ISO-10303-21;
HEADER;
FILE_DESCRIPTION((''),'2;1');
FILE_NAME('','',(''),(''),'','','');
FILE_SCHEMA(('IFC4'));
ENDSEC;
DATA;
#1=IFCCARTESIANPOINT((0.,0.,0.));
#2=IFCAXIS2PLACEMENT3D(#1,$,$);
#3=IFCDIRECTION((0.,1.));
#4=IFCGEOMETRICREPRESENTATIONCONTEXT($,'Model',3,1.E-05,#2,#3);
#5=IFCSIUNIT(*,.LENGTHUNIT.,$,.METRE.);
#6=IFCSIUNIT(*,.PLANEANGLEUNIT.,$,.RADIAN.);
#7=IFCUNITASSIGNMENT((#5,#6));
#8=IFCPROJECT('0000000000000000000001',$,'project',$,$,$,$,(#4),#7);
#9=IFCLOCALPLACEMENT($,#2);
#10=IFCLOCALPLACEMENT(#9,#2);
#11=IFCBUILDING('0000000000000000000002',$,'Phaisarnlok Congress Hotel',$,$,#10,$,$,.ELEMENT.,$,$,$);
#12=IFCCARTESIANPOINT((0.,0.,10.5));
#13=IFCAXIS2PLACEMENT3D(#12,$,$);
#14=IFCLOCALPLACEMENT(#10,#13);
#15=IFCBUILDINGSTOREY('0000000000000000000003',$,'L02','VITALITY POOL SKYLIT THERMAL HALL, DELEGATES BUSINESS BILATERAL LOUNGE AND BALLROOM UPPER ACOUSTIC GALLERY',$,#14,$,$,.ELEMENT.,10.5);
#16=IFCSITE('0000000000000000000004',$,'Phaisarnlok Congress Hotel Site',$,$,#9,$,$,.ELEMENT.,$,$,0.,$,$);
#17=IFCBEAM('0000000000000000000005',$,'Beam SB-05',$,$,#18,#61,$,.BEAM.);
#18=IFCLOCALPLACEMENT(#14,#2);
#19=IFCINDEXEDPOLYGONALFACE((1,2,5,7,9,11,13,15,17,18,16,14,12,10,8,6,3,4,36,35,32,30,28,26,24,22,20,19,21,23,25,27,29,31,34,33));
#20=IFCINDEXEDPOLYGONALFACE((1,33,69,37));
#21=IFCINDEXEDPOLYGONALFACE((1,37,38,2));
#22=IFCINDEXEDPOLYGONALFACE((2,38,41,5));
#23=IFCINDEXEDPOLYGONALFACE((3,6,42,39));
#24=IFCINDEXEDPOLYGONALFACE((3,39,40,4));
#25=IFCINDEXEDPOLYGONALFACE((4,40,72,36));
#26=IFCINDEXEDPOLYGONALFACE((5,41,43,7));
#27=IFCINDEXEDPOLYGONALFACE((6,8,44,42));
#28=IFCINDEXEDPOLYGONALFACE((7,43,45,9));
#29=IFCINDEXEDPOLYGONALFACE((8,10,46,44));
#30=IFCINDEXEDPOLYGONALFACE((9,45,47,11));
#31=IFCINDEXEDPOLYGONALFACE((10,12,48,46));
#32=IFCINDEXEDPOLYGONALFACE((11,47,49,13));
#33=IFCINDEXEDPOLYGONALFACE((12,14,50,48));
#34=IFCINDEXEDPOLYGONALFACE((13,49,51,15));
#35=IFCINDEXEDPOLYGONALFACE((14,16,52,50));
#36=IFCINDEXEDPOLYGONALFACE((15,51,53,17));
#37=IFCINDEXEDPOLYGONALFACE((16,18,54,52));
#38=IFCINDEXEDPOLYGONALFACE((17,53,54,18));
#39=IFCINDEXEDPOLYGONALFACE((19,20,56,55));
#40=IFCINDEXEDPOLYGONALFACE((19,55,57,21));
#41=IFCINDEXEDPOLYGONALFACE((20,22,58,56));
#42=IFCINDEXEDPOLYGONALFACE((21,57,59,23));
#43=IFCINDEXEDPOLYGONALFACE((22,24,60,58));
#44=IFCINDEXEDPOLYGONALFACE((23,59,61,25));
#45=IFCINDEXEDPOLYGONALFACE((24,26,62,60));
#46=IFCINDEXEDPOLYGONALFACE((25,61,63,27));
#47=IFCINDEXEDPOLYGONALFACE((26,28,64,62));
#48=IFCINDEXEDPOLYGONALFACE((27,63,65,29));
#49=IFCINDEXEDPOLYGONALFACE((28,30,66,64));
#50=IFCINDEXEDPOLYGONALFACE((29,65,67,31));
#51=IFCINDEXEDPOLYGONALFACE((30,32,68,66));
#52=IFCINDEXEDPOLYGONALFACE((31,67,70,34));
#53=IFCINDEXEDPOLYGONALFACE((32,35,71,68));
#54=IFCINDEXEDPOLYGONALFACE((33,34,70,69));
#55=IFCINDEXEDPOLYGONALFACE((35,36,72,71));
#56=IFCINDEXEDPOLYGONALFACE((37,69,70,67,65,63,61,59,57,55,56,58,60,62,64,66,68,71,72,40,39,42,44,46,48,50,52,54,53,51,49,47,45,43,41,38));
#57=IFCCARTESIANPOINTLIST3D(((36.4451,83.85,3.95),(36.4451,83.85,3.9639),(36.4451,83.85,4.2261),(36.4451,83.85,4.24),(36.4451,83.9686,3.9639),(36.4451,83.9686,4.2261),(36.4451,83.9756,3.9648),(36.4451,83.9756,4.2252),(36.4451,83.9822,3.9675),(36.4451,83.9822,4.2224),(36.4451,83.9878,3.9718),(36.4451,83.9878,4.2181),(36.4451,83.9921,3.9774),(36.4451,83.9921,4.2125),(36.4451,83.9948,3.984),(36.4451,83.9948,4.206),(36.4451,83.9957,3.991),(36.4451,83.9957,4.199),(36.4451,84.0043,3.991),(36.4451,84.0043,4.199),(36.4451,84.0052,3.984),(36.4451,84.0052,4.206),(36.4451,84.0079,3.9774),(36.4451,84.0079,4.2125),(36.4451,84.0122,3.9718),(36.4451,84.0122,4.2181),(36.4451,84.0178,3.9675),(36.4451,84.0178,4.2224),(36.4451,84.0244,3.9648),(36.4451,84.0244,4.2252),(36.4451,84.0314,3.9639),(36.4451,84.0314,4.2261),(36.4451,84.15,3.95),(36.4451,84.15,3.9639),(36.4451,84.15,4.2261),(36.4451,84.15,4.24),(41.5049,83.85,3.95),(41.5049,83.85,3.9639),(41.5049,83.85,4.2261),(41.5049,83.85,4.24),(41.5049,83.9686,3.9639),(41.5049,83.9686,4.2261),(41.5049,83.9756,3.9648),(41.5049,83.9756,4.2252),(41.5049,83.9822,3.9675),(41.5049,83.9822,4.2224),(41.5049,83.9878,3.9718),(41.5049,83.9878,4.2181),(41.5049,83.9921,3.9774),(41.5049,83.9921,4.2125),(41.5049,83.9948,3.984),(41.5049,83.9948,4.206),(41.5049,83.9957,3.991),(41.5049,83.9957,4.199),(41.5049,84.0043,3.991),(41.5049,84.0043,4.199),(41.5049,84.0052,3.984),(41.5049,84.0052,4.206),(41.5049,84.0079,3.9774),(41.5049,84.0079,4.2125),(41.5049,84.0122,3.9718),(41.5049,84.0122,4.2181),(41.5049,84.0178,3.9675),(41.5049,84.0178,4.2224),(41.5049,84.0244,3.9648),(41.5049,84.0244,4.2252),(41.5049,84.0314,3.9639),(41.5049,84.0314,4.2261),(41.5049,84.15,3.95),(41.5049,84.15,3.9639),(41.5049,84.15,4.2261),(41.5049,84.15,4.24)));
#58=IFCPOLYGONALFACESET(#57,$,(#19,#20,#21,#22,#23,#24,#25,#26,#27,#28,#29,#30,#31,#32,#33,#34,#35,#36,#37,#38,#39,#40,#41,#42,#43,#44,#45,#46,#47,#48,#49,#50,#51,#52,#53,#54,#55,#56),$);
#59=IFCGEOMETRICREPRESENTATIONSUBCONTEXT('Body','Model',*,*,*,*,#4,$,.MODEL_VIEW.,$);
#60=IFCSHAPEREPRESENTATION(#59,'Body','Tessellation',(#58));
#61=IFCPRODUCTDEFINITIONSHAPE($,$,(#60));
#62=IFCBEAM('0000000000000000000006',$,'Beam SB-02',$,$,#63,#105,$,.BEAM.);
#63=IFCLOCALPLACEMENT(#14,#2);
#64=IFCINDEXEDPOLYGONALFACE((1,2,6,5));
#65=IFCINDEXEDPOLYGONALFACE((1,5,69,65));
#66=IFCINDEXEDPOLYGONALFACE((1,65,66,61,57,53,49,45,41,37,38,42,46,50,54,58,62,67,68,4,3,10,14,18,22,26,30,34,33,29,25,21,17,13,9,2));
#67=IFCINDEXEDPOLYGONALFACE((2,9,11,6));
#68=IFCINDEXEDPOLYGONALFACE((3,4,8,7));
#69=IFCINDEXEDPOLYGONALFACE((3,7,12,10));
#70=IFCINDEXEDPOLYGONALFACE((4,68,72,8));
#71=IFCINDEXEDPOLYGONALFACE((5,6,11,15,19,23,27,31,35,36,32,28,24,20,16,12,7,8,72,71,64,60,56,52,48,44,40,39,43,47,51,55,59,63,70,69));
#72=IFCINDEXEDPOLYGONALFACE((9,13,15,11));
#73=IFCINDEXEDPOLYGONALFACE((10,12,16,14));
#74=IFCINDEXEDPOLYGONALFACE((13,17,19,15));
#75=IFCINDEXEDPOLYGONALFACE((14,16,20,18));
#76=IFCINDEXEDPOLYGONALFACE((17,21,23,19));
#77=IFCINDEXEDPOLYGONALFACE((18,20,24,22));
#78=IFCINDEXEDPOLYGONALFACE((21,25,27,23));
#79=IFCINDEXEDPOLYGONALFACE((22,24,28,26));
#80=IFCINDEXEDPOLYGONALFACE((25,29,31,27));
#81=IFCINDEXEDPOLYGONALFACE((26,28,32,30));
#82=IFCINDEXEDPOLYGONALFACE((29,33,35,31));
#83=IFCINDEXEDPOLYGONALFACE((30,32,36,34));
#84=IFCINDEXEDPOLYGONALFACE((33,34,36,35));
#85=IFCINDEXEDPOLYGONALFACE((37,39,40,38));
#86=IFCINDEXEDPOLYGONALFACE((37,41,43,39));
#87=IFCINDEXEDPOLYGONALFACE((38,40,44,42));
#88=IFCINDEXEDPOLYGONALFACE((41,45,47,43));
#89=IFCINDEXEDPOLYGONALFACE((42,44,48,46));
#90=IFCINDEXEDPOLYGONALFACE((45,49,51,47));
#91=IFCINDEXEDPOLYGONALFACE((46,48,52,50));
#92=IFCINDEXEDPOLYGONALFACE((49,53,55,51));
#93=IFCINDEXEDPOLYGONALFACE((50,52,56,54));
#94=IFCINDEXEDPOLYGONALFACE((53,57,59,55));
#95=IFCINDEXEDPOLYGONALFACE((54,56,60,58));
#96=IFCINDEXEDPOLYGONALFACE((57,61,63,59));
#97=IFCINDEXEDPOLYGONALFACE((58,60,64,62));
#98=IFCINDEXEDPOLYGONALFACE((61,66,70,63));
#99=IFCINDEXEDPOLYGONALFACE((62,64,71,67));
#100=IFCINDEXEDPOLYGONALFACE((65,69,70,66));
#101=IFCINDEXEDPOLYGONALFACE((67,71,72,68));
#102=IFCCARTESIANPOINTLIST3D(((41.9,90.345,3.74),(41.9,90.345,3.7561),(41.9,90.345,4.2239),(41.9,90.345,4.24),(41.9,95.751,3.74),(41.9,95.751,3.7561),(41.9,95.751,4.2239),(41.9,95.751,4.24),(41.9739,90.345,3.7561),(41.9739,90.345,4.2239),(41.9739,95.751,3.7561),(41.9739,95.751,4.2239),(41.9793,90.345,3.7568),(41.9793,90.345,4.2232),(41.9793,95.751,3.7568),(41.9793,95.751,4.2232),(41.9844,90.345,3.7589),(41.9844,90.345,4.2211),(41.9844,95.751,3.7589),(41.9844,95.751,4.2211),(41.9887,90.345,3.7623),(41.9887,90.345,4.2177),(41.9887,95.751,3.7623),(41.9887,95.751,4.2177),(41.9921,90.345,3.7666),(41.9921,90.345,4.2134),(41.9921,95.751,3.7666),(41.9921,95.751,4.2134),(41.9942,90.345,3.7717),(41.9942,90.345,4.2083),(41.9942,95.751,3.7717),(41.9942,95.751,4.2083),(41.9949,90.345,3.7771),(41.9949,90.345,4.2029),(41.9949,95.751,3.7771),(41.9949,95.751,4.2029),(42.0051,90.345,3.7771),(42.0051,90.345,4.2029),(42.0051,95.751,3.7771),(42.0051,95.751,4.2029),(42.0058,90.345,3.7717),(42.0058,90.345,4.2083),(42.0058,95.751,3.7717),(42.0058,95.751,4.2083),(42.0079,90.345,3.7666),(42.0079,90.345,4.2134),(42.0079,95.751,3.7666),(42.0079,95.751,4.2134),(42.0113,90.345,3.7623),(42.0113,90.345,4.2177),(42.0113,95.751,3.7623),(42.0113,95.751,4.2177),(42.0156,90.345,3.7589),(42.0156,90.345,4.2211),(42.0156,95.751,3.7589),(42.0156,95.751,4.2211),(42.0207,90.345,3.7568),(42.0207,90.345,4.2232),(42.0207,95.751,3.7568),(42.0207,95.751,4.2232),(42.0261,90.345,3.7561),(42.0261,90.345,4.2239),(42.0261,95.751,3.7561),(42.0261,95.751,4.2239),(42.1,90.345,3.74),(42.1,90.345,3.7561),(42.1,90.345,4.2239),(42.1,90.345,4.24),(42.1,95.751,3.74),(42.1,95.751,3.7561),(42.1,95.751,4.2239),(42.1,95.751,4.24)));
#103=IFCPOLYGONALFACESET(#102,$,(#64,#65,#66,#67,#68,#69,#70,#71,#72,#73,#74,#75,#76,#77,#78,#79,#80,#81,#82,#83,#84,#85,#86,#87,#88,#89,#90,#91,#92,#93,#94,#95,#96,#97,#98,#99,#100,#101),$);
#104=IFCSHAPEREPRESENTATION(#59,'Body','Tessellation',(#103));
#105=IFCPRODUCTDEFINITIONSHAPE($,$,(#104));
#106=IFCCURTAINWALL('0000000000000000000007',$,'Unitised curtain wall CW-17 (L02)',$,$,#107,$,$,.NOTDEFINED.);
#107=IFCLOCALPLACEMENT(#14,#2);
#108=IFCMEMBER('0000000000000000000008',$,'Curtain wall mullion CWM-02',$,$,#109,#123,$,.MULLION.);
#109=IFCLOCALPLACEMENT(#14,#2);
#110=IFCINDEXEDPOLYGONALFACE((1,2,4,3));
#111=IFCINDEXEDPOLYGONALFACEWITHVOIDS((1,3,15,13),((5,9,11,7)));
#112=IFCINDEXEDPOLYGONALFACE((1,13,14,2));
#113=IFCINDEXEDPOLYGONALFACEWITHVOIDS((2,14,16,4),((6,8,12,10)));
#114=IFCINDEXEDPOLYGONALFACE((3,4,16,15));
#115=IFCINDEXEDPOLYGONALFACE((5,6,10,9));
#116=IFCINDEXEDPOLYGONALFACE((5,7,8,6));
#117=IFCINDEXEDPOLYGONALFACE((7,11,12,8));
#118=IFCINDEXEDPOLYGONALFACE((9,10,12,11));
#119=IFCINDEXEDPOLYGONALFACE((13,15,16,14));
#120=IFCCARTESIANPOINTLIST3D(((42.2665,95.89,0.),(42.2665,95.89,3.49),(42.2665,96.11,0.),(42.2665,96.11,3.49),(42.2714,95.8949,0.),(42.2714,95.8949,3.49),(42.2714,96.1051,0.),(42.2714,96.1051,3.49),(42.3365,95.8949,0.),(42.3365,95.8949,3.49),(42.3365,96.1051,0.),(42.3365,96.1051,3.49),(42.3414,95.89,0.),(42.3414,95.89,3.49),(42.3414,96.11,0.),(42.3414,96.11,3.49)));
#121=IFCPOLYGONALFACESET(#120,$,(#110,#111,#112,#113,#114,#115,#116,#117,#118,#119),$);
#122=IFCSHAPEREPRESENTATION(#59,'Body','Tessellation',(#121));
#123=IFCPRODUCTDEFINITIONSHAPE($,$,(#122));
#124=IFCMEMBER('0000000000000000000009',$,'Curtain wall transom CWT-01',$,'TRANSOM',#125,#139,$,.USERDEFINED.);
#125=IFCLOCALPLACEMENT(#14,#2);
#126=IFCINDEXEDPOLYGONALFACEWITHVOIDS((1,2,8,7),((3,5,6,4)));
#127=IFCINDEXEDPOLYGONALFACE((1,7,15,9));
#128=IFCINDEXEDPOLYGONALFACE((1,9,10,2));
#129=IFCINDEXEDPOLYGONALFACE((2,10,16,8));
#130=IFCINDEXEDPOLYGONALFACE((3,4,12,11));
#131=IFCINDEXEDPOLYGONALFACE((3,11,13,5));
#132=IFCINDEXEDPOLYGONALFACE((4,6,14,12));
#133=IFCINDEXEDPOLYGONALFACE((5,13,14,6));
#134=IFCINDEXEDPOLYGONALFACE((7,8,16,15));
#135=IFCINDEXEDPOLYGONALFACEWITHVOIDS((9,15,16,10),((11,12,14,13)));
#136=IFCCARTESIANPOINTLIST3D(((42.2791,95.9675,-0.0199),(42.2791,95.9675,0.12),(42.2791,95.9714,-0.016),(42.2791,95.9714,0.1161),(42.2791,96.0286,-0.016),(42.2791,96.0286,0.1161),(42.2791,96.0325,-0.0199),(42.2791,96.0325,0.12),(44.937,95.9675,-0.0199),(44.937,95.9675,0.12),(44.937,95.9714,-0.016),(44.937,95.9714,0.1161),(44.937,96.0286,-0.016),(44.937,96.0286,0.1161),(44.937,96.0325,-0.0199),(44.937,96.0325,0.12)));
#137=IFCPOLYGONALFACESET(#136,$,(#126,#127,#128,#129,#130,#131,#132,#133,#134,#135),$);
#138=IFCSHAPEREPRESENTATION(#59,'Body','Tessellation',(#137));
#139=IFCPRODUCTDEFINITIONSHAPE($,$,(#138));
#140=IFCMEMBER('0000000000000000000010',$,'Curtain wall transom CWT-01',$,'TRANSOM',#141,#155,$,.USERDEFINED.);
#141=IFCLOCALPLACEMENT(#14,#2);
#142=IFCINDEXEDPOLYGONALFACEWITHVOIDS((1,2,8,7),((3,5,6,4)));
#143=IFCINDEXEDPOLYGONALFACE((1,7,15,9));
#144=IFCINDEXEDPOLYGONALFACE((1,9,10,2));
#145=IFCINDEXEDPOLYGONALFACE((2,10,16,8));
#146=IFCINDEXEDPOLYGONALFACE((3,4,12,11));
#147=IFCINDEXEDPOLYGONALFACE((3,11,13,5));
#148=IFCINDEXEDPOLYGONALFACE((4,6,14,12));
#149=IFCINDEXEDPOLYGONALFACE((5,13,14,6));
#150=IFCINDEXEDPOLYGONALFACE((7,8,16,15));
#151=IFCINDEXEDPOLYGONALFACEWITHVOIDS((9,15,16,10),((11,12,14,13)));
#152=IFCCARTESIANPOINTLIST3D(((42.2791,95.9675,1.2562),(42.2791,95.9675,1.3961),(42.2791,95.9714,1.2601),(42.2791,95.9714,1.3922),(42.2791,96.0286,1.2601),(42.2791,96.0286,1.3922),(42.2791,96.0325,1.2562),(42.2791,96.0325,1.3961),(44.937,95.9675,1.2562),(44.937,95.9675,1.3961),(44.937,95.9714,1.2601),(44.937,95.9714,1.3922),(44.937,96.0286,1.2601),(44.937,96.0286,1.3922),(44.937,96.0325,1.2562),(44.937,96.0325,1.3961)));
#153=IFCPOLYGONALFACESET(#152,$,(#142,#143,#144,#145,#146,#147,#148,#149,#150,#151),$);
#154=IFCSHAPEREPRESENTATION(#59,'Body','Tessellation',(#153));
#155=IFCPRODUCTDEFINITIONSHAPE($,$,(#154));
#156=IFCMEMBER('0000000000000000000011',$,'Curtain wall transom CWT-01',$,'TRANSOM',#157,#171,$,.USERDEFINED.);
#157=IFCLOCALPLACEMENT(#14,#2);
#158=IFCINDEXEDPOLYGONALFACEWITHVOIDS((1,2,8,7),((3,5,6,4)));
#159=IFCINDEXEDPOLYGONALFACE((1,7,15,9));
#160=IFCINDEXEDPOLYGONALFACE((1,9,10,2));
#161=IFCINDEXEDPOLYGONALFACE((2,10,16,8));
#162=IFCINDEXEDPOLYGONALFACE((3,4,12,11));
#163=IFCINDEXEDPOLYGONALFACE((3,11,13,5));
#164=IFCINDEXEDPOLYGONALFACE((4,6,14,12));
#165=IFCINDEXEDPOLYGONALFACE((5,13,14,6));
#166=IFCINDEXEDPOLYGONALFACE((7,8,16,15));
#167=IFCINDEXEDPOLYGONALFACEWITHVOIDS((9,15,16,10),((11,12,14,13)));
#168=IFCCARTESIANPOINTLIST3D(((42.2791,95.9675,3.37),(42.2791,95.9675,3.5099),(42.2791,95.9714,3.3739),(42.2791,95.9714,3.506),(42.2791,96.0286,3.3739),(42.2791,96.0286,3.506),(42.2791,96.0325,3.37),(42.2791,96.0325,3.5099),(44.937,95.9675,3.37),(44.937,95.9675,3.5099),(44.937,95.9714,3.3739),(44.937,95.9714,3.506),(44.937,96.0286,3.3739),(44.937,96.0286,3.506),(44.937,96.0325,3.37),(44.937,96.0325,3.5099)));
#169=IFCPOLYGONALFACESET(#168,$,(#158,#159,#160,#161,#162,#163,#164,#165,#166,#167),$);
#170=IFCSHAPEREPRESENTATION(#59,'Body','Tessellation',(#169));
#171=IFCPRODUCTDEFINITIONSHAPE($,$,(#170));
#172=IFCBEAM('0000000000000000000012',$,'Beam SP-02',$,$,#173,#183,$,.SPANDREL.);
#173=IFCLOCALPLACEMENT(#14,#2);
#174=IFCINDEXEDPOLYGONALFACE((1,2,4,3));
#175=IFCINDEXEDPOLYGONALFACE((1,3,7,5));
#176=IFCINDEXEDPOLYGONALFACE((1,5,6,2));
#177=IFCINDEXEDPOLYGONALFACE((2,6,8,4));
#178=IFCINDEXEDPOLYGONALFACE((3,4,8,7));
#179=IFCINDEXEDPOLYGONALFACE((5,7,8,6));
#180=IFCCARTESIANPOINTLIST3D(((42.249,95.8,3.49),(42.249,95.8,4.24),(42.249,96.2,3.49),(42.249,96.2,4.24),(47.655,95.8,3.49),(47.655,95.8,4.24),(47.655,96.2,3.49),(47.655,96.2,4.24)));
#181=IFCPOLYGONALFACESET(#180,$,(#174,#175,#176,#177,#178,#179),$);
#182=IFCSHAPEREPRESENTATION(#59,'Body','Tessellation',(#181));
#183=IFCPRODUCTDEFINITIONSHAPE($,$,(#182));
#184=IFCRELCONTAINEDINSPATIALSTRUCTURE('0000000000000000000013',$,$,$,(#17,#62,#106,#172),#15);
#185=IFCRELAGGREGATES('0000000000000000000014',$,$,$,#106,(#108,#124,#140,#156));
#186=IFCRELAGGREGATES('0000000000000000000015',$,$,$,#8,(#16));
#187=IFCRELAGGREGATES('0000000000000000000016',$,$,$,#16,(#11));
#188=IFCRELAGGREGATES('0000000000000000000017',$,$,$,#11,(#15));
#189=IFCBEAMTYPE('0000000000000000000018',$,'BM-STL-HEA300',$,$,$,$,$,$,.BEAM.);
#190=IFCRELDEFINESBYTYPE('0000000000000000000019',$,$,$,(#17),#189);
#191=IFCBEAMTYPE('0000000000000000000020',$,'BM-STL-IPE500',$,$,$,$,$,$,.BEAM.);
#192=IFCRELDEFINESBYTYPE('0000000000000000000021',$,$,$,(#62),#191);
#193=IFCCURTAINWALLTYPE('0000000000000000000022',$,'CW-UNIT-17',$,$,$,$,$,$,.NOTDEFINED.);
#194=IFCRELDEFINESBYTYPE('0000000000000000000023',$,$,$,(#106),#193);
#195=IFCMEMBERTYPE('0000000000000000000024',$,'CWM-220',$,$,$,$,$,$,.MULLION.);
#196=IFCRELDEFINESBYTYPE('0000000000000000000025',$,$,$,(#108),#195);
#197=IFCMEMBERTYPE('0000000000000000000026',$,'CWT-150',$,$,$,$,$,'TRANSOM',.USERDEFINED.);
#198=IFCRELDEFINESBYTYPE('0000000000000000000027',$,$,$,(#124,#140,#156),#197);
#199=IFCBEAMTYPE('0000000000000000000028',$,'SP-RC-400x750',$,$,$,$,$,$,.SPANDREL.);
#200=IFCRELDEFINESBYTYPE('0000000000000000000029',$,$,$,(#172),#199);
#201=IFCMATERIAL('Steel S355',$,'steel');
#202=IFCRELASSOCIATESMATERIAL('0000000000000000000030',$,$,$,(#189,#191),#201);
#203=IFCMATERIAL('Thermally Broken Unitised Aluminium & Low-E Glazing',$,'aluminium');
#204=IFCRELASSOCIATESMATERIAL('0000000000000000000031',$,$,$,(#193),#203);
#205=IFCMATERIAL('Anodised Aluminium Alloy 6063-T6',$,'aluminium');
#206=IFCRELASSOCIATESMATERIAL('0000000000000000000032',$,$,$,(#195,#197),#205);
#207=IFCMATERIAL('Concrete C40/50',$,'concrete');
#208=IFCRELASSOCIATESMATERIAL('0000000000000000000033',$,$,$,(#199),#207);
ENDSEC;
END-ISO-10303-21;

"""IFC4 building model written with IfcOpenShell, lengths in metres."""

from ifc_helpers import new_model, si_unit, direction, frame, origin, origin_2d, place, context, subcontext, project, spatial, rectangle, hollow_rectangle, i_section, extrude, material, material_profile, profile_set, type_object, element, aggregate, save


model = new_model("IFC4")

# Units and contexts
model_context = context("Model", 3, precision=1e-05, world=origin(), true_north=direction((0.0, 1.0)))
body_context = subcontext(model_context, "Body", "Model", "MODEL_VIEW")
ifc_project = project(units=[si_unit("LENGTHUNIT", "METRE"), si_unit("PLANEANGLEUNIT", "RADIAN")], contexts=[model_context])

# Site, building, storey
site_placement = place(None, origin())
site = spatial("IfcSite", under=ifc_project, at=site_placement, Name="Phaisarnlok Congress Hotel Site", CompositionType="ELEMENT", RefElevation=0.0)
building_placement = place(site_placement, origin())
building = spatial("IfcBuilding", under=site, at=building_placement, Name="Phaisarnlok Congress Hotel", CompositionType="ELEMENT")
storey_placement = place(building_placement, frame((0.0, 0.0, 10.5)))
storey = spatial("IfcBuildingStorey", under=building, at=storey_placement, Name="L02", Description="VITALITY POOL SKYLIT THERMAL HALL, DELEGATES BUSINESS BILATERAL LOUNGE AND BALLROOM UPPER ACOUSTIC GALLERY", CompositionType="ELEMENT", Elevation=10.5)

# Shared definitions
ifc_material_1 = material(Name="Steel S355", Category="steel")

# Beams
ifc_material_2 = material(Name="Concrete C40/50", Category="concrete")
ifc_material_profile_1 = material_profile(ifc_material_1, i_section(OverallWidth=0.3, OverallDepth=0.29, WebThickness=0.0085, FlangeThickness=0.0139, FilletRadius=0.0271, at=origin_2d()), Name="HEA 300")
ifc_profile_set_1 = profile_set([ifc_material_profile_1], Name="Steel S355")
beam_type_1 = type_object("IfcBeamType", Name="BM-STL-HEA300", PredefinedType="BEAM", material=ifc_profile_set_1)
beam_1_placement = place(storey_placement, frame((36.4451, 84.0, 4.095), z_axis=(1.0, 0.0, 0.0), x_axis=(0.0, 1.0, 0.0)))
element("IfcBeam", 1, at=beam_1_placement, inside=storey, type_object=beam_type_1, Name="Beam SB-05", PredefinedType="BEAM", context=body_context, shape_type="SweptSolid", body=[
    extrude(i_section(OverallWidth=0.3, OverallDepth=0.29, WebThickness=0.0085, FlangeThickness=0.0139, FilletRadius=0.0271, at=origin_2d()), origin(), (0.0, 0.0, 1.0), 5.0598),
])
ifc_material_profile_2 = material_profile(ifc_material_1, i_section(OverallWidth=0.2, OverallDepth=0.5, WebThickness=0.0103, FlangeThickness=0.0161, FilletRadius=0.021, at=origin_2d()), Name="IPE 500")
ifc_profile_set_2 = profile_set([ifc_material_profile_2], Name="Steel S355")
beam_type_2 = type_object("IfcBeamType", Name="BM-STL-IPE500", PredefinedType="BEAM", material=ifc_profile_set_2)
beam_2_placement = place(storey_placement, frame((42.0, 90.345, 3.99), z_axis=(0.0, 1.0, 0.0), x_axis=(-1.0, 0.0, 0.0)))
element("IfcBeam", 2, at=beam_2_placement, inside=storey, type_object=beam_type_2, Name="Beam SB-02", PredefinedType="BEAM", context=body_context, shape_type="SweptSolid", body=[
    extrude(i_section(OverallWidth=0.2, OverallDepth=0.5, WebThickness=0.0103, FlangeThickness=0.0161, FilletRadius=0.021, at=origin_2d()), origin(), (0.0, 0.0, 1.0), 5.406),
])

# Curtain wall, members
ifc_material_3 = material(Name="Thermally Broken Unitised Aluminium & Low-E Glazing", Category="aluminium")
curtain_wall_type = type_object("IfcCurtainWallType", Name="CW-UNIT-17", PredefinedType="NOTDEFINED", material=ifc_material_3)
curtain_wall_placement = place(storey_placement, origin())
curtain_wall = element("IfcCurtainWall", 3, at=curtain_wall_placement, inside=storey, type_object=curtain_wall_type, Name="Unitised curtain wall CW-17 (L02)", PredefinedType="NOTDEFINED")
ifc_material_4 = material(Name="Anodised Aluminium Alloy 6063-T6", Category="aluminium")
ifc_material_profile_3 = material_profile(ifc_material_4, hollow_rectangle(XDim=0.075, YDim=0.22, WallThickness=0.0049, at=origin_2d()), Name="ALU-M 75x220x5")
ifc_profile_set_3 = profile_set([ifc_material_profile_3], Name="Anodised Aluminium Alloy 6063-T6")
member_type_1 = type_object("IfcMemberType", Name="CWM-220", PredefinedType="MULLION", material=ifc_profile_set_3)
member_1_placement = place(storey_placement, frame((42.304, 96.0, 0.0), z_axis=(0.0, 0.0, 1.0), x_axis=(-1.0, 0.0, 0.0)))
member_1 = element("IfcMember", 4, at=member_1_placement, type_object=member_type_1, Name="Curtain wall mullion CWM-02", PredefinedType="MULLION", context=body_context, shape_type="SweptSolid", body=[
    extrude(hollow_rectangle(XDim=0.075, YDim=0.22, WallThickness=0.0049, at=origin_2d()), origin(), (0.0, 0.0, 1.0), 3.49),
])
ifc_material_profile_4 = material_profile(ifc_material_4, hollow_rectangle(XDim=0.0649, YDim=0.1399, WallThickness=0.0039, at=origin_2d()), Name="ALU-T 65x140x4")
ifc_profile_set_4 = profile_set([ifc_material_profile_4], Name="Anodised Aluminium Alloy 6063-T6")
member_type_2 = type_object("IfcMemberType", Name="CWT-150", ElementType="TRANSOM", PredefinedType="USERDEFINED", material=ifc_profile_set_4)
member_2_placement = place(storey_placement, frame((44.937, 96.0, 0.05), z_axis=(-1.0, 0.0, 0.0), x_axis=(0.0, -1.0, 0.0)))
member_2 = element("IfcMember", 5, at=member_2_placement, type_object=member_type_2, Name="Curtain wall transom CWT-01", ObjectType="TRANSOM", PredefinedType="USERDEFINED", context=body_context, shape_type="SweptSolid", body=[
    extrude(hollow_rectangle(XDim=0.0649, YDim=0.1399, WallThickness=0.0039, at=origin_2d()), origin(), (0.0, 0.0, 1.0), 2.658),
])
member_3_placement = place(storey_placement, frame((44.937, 96.0, 1.3262), z_axis=(-1.0, 0.0, 0.0), x_axis=(0.0, -1.0, 0.0)))
member_3 = element("IfcMember", 6, at=member_3_placement, type_object=member_type_2, Name="Curtain wall transom CWT-01", ObjectType="TRANSOM", PredefinedType="USERDEFINED", context=body_context, shape_type="SweptSolid", body=[
    extrude(hollow_rectangle(XDim=0.0649, YDim=0.1399, WallThickness=0.0039, at=origin_2d()), origin(), (0.0, 0.0, 1.0), 2.658),
])
member_4_placement = place(storey_placement, frame((44.937, 96.0, 3.4399), z_axis=(-1.0, 0.0, 0.0), x_axis=(0.0, -1.0, 0.0)))
member_4 = element("IfcMember", 7, at=member_4_placement, type_object=member_type_2, Name="Curtain wall transom CWT-01", ObjectType="TRANSOM", PredefinedType="USERDEFINED", context=body_context, shape_type="SweptSolid", body=[
    extrude(hollow_rectangle(XDim=0.0649, YDim=0.1399, WallThickness=0.0039, at=origin_2d()), origin(), (0.0, 0.0, 1.0), 2.658),
])

# Beam
ifc_material_profile_5 = material_profile(ifc_material_2, rectangle(XDim=0.3999, YDim=0.75, at=origin_2d()), Name="RC 400x750")
ifc_profile_set_5 = profile_set([ifc_material_profile_5], Name="Concrete C40/50")
beam_type_3 = type_object("IfcBeamType", Name="SP-RC-400x750", PredefinedType="SPANDREL", material=ifc_profile_set_5)
beam_3_placement = place(storey_placement, frame((42.249, 96.0, 3.865), z_axis=(1.0, 0.0, 0.0), x_axis=(0.0, 1.0, 0.0)))
element("IfcBeam", 8, at=beam_3_placement, inside=storey, type_object=beam_type_3, Name="Beam SP-02", PredefinedType="SPANDREL", context=body_context, shape_type="SweptSolid", body=[
    extrude(rectangle(XDim=0.3999, YDim=0.75, at=origin_2d()), origin(), (0.0, 0.0, 1.0), 5.406),
])

aggregate(curtain_wall, [member_1, member_2, member_3, member_4])

save(model, "model.ifc")
